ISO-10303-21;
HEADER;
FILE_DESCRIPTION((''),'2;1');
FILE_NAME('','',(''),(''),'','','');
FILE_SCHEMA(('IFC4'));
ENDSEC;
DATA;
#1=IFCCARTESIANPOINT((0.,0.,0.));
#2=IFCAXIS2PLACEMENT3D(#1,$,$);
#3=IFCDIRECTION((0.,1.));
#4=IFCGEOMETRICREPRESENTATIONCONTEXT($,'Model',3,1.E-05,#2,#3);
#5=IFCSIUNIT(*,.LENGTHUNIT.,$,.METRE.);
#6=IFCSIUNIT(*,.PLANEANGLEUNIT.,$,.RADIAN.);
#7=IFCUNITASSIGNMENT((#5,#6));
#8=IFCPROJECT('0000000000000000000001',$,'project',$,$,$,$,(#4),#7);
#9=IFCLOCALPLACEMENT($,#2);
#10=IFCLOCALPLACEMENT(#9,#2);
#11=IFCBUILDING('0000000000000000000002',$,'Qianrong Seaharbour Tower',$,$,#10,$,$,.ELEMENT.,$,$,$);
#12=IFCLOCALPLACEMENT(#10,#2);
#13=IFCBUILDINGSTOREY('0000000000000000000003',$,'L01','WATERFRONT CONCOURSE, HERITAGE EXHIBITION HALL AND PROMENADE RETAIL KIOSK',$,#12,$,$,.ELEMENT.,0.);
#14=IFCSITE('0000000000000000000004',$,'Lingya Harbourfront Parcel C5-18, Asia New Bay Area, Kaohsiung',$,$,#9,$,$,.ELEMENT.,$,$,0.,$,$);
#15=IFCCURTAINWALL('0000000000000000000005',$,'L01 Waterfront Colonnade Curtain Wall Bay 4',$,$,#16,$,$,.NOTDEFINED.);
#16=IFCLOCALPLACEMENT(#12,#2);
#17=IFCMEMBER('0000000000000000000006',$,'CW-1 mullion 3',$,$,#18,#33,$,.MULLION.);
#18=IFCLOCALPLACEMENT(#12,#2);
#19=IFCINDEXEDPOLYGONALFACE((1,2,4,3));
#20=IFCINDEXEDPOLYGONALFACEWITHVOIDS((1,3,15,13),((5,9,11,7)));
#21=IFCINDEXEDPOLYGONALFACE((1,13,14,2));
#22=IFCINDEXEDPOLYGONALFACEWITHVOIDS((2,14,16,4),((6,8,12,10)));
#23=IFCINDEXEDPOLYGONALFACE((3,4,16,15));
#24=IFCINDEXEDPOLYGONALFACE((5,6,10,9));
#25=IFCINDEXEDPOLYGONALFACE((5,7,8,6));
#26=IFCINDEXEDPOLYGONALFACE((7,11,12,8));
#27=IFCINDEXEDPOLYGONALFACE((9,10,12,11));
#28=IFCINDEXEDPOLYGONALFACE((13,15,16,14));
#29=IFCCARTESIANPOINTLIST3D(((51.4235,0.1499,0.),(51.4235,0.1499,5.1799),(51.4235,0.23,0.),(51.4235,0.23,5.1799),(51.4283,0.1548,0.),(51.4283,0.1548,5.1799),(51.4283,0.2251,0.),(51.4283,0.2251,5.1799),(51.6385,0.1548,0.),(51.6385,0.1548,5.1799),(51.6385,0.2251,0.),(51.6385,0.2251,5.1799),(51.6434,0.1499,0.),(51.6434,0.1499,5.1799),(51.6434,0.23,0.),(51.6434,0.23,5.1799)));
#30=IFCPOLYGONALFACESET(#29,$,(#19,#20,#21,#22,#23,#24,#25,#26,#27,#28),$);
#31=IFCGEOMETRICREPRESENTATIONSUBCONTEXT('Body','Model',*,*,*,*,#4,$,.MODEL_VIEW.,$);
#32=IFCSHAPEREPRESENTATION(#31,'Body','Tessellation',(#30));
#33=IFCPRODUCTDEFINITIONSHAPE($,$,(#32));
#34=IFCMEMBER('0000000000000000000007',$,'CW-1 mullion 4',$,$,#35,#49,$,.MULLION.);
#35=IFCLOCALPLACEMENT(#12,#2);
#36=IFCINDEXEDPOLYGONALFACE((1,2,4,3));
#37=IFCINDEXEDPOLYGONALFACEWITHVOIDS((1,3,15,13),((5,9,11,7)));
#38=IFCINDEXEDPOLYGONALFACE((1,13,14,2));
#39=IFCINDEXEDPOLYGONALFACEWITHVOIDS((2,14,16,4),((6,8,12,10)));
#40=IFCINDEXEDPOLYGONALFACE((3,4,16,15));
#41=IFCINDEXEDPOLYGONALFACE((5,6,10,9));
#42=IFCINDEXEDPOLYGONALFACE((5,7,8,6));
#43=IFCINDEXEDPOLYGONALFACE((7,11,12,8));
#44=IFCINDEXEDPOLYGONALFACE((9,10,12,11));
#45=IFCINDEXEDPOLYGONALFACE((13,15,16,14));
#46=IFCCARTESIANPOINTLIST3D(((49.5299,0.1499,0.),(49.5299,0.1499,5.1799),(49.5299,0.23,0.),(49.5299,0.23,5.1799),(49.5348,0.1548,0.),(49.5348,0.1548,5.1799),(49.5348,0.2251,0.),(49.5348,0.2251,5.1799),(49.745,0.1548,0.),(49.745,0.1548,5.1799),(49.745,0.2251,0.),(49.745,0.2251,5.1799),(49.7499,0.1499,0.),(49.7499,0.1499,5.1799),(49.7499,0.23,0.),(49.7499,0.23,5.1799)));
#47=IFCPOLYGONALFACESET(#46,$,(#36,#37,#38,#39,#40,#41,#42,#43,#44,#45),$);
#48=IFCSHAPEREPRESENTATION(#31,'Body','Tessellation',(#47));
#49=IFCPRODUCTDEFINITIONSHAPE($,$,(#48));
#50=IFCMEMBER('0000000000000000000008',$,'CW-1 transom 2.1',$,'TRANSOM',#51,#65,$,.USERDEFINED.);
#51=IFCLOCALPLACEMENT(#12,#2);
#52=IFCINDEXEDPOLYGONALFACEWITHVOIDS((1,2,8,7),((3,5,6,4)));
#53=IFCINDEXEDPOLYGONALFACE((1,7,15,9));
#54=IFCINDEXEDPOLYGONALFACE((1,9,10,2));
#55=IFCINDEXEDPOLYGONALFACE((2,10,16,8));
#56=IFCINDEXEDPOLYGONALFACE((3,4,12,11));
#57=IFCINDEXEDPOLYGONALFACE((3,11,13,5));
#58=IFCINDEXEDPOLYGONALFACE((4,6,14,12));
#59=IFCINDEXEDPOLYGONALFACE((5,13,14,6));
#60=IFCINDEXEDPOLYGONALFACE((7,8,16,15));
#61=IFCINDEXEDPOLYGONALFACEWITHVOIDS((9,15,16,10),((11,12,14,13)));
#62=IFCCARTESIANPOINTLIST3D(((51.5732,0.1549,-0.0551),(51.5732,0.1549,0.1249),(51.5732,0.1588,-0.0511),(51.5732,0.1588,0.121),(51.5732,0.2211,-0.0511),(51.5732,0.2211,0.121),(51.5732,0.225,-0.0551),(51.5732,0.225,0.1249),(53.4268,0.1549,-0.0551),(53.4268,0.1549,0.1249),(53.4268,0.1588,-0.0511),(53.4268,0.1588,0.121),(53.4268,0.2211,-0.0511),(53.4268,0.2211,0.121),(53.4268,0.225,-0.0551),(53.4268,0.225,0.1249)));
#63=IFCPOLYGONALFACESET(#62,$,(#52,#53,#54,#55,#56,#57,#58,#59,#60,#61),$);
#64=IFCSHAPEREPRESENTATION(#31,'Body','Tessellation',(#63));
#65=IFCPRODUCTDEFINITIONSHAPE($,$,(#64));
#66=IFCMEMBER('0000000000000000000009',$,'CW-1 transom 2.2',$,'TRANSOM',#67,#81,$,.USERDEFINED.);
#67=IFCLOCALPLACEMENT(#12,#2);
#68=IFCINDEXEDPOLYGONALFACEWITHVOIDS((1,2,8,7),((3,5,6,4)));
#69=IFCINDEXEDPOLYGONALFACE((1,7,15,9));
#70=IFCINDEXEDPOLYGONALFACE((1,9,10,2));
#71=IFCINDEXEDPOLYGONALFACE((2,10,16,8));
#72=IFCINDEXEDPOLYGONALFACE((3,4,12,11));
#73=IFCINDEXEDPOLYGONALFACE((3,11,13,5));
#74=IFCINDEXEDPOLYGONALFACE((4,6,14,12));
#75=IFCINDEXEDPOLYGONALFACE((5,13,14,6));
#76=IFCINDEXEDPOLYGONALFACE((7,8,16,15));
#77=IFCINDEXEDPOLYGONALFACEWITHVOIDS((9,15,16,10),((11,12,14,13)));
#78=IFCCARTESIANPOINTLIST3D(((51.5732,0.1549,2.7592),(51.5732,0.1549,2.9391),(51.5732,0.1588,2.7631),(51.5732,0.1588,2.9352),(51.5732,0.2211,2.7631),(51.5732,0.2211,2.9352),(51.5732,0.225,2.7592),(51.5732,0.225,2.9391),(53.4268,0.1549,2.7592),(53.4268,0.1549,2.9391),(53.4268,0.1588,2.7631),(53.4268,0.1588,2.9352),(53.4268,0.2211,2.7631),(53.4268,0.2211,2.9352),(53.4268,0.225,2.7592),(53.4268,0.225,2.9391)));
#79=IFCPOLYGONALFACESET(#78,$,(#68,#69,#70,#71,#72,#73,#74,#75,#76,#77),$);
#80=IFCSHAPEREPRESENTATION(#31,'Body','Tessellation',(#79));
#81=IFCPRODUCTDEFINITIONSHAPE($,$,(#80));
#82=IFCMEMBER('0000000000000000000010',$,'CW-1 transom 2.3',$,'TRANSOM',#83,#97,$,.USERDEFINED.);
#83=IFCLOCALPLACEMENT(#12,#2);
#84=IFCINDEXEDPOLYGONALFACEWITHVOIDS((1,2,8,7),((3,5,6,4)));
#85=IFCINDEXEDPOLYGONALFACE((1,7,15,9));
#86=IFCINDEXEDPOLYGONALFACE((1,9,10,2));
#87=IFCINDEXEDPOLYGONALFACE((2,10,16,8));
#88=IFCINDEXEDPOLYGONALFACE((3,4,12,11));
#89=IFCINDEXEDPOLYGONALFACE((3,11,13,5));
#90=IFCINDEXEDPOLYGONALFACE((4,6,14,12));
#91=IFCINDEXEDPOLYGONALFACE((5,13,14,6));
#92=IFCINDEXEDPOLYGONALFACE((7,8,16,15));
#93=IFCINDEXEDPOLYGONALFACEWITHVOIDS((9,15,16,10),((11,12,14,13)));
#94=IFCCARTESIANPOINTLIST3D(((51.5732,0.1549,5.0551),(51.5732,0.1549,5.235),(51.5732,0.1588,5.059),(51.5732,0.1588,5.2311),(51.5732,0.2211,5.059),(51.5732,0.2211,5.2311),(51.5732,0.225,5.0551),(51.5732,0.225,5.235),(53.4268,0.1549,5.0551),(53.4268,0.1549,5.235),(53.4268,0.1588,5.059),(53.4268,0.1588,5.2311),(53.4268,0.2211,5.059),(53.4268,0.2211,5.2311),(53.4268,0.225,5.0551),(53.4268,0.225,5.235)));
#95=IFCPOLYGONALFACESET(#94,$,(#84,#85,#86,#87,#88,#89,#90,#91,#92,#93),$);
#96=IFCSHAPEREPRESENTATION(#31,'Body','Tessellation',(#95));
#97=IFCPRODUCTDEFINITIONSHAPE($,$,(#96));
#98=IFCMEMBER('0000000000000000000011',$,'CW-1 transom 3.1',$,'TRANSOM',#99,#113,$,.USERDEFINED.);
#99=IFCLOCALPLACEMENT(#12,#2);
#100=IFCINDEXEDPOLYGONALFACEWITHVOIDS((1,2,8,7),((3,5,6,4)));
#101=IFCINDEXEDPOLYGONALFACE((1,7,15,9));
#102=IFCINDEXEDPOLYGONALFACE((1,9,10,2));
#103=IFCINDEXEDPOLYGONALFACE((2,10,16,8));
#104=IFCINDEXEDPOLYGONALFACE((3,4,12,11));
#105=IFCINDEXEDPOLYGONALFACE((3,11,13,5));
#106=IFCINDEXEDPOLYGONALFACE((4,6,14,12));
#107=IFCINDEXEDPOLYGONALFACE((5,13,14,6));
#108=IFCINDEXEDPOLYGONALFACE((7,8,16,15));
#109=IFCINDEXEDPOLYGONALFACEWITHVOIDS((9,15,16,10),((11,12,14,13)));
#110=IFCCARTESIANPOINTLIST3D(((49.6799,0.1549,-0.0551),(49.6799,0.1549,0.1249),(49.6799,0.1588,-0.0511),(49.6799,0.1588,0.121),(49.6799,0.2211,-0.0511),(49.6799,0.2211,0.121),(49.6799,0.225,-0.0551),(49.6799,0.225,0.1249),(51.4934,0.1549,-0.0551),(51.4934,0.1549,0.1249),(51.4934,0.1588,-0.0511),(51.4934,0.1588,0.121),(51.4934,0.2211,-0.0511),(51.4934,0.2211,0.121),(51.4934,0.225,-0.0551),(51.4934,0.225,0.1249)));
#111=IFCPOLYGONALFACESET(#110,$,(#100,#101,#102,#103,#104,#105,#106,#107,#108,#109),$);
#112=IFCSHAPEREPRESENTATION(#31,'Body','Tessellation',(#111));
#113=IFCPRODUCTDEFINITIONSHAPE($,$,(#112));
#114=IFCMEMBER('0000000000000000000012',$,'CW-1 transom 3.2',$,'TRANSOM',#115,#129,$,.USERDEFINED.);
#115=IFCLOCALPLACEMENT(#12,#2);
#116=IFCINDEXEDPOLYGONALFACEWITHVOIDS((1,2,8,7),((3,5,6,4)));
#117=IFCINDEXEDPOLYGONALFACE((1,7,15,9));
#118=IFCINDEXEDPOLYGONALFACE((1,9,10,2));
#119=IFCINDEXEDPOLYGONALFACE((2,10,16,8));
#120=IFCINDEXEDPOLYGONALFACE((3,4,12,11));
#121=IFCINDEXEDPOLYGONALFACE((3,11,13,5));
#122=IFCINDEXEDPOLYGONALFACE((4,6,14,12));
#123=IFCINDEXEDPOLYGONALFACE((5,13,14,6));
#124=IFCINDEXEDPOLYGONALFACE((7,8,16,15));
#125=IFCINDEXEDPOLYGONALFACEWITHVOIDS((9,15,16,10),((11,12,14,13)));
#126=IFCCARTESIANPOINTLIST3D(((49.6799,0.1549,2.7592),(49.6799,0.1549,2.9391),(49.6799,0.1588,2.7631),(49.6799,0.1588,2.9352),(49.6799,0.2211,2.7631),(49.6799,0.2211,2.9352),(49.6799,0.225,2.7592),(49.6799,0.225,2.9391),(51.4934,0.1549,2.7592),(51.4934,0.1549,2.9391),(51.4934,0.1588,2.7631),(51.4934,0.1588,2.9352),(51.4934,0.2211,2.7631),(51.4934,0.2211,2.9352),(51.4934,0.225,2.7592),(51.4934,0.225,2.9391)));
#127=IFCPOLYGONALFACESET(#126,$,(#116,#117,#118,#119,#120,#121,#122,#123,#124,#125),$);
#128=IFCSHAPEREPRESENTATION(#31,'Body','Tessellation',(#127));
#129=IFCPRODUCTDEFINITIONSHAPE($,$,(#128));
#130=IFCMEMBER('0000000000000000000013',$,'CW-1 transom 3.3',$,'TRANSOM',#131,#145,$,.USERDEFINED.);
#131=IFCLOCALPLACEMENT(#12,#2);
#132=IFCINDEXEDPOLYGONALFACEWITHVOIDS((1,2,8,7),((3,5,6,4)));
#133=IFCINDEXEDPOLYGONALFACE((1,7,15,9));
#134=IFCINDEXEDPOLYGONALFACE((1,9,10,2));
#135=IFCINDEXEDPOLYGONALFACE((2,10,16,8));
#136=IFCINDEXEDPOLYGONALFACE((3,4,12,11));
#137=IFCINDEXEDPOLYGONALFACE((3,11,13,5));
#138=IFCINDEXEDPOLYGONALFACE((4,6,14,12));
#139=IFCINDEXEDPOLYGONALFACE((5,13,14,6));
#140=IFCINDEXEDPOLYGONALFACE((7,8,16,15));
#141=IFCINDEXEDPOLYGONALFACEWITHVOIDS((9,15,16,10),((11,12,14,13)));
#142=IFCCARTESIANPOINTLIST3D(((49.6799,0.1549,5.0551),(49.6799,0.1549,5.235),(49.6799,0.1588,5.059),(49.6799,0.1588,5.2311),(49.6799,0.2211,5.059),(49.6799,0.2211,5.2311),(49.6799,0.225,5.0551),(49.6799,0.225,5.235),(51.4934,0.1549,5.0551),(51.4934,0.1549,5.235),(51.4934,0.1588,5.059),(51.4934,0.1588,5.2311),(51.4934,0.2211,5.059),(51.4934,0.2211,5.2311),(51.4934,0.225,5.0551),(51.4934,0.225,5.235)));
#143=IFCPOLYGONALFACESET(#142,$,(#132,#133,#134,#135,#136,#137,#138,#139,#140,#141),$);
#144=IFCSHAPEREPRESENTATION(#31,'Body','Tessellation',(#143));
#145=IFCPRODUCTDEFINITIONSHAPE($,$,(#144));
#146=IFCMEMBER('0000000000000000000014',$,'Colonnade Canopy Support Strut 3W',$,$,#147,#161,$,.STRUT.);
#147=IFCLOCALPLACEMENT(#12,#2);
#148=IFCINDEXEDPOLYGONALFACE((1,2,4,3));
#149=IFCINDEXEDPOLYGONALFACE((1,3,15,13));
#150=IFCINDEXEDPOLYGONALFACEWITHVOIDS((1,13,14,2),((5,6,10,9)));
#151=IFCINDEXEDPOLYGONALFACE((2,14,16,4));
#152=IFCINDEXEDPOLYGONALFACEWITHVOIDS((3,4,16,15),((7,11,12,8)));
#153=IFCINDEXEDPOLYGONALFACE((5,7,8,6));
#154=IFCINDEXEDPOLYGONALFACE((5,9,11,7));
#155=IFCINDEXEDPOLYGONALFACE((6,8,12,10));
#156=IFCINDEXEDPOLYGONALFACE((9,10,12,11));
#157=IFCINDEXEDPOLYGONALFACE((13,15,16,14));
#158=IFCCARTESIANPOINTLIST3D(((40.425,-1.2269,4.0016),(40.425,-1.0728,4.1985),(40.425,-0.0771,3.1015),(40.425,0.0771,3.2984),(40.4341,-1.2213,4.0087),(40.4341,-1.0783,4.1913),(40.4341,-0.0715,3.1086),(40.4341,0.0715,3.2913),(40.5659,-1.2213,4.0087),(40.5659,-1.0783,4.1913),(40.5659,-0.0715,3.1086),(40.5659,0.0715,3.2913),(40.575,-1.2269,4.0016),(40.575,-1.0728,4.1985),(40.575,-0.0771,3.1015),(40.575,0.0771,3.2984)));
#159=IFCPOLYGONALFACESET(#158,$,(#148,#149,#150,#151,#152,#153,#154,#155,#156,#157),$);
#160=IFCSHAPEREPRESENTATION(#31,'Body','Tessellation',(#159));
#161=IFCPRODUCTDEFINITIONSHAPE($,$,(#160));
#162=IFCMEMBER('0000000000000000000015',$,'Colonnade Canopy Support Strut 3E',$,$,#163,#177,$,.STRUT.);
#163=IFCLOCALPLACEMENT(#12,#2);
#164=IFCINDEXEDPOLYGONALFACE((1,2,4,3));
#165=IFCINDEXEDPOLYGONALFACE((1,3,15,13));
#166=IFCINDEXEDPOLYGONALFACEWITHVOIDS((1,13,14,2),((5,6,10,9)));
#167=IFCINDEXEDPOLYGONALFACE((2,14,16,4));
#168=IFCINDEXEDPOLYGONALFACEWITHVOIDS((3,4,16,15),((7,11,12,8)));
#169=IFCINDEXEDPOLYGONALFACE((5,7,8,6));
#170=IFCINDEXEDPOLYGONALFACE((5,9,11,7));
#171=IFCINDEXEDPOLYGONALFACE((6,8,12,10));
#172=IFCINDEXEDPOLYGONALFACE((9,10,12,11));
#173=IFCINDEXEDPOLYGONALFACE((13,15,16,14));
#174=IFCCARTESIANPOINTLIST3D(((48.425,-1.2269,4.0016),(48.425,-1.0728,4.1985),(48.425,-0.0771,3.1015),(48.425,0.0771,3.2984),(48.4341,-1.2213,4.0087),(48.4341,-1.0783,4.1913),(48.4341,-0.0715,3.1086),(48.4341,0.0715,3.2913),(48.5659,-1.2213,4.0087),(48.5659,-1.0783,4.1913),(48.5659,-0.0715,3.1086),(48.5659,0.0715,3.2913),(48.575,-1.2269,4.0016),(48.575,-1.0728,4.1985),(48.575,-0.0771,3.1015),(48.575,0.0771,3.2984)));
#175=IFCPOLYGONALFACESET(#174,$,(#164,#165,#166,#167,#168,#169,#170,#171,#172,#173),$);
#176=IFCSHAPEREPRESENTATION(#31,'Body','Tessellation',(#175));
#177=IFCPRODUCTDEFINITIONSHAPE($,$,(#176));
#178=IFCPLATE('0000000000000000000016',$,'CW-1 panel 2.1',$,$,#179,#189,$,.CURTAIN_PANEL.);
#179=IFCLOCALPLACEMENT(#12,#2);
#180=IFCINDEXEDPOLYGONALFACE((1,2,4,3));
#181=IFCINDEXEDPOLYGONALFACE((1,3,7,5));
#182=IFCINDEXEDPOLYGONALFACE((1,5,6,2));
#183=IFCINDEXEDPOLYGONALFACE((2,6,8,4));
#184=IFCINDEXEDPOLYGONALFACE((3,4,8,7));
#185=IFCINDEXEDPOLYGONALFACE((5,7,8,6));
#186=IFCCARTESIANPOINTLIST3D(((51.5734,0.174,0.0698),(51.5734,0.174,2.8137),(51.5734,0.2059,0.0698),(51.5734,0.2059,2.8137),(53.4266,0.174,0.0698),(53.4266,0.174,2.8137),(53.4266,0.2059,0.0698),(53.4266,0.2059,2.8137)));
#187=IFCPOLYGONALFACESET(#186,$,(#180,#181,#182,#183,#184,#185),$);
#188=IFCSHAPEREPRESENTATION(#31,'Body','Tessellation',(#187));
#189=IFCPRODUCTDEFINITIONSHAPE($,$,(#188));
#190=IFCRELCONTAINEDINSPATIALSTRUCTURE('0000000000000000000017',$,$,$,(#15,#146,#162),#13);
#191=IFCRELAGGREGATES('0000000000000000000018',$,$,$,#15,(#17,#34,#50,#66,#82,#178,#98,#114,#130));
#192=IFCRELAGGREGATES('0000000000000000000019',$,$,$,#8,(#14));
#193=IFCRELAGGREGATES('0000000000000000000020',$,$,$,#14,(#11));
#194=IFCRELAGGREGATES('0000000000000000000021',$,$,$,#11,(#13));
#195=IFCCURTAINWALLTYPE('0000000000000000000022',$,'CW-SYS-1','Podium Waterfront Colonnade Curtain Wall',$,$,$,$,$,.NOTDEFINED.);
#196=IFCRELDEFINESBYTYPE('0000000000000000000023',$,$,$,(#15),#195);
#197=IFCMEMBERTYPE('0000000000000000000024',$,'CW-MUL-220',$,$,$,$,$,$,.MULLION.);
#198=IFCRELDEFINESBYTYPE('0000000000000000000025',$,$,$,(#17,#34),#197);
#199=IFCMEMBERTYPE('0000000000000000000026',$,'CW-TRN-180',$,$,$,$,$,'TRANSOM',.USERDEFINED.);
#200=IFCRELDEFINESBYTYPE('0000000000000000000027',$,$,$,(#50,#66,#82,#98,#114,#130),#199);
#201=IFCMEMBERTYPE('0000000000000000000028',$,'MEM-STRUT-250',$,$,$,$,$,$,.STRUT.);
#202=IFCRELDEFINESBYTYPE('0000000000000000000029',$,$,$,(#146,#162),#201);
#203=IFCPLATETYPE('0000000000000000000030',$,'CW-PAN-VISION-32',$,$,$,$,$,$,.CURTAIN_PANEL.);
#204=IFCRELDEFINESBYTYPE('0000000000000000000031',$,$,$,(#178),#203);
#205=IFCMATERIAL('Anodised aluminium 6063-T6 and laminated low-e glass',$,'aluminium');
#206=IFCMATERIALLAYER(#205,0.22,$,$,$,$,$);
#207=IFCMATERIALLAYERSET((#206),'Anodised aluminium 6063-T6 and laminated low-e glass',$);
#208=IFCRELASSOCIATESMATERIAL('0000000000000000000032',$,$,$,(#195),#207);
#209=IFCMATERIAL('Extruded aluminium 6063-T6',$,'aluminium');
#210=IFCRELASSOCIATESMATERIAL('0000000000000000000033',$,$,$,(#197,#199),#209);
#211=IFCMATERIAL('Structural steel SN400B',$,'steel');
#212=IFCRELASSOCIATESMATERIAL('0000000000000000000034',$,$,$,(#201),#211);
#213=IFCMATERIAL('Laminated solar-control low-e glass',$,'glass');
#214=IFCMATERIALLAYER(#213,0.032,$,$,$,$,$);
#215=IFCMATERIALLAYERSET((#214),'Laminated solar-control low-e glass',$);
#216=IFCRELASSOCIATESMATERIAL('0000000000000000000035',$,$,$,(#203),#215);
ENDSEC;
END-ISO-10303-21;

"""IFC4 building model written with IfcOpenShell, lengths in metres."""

from ifc_helpers import new_model, si_unit, direction, frame, origin, origin_2d, place, context, subcontext, project, spatial, rectangle, hollow_rectangle, extrude, material, layer, layer_set, material_profile, profile_set, type_object, element, aggregate, save


model = new_model("IFC4")

# Units and contexts
model_context = context("Model", 3, precision=1e-05, world=origin(), true_north=direction((0.0, 1.0)))
body_context = subcontext(model_context, "Body", "Model", "MODEL_VIEW")
ifc_project = project(units=[si_unit("LENGTHUNIT", "METRE"), si_unit("PLANEANGLEUNIT", "RADIAN")], contexts=[model_context])

# Site, building, storey
site_placement = place(None, origin())
site = spatial("IfcSite", under=ifc_project, at=site_placement, Name="Lingya Harbourfront Parcel C5-18, Asia New Bay Area, Kaohsiung", CompositionType="ELEMENT", RefElevation=0.0)
building_placement = place(site_placement, origin())
building = spatial("IfcBuilding", under=site, at=building_placement, Name="Qianrong Seaharbour Tower", CompositionType="ELEMENT")
storey_placement = place(building_placement, origin())
storey = spatial("IfcBuildingStorey", under=building, at=storey_placement, Name="L01", Description="WATERFRONT CONCOURSE, HERITAGE EXHIBITION HALL AND PROMENADE RETAIL KIOSK", CompositionType="ELEMENT", Elevation=0.0)

# Shared definitions
ifc_material_1 = material(Name="Structural steel SN400B", Category="steel")

# Curtain wall, members
ifc_material_2 = material(Name="Anodised aluminium 6063-T6 and laminated low-e glass", Category="aluminium")
ifc_layer_1 = layer(ifc_material_2, 0.22)
ifc_layer_set_1 = layer_set([ifc_layer_1], Name="Anodised aluminium 6063-T6 and laminated low-e glass")
curtain_wall_type = type_object("IfcCurtainWallType", Name="CW-SYS-1", Description="Podium Waterfront Colonnade Curtain Wall", PredefinedType="NOTDEFINED", material=ifc_layer_set_1)
curtain_wall_placement = place(storey_placement, origin())
curtain_wall = element("IfcCurtainWall", 1, at=curtain_wall_placement, inside=storey, type_object=curtain_wall_type, Name="L01 Waterfront Colonnade Curtain Wall Bay 4", PredefinedType="NOTDEFINED")
ifc_material_3 = material(Name="Extruded aluminium 6063-T6", Category="aluminium")
ifc_material_profile_1 = material_profile(ifc_material_3, hollow_rectangle(XDim=0.0801, YDim=0.22, WallThickness=0.0049, at=origin_2d()), Name="ALU-MUL-220x80x5")
ifc_profile_set_1 = profile_set([ifc_material_profile_1], Name="Extruded aluminium 6063-T6")
member_type_1 = type_object("IfcMemberType", Name="CW-MUL-220", PredefinedType="MULLION", material=ifc_profile_set_1)
member_1_placement = place(storey_placement, frame((51.5334, 0.1899, 0.0), z_axis=(0.0, 0.0, 1.0), x_axis=(0.0, -1.0, 0.0)))
member_1 = element("IfcMember", 2, at=member_1_placement, type_object=member_type_1, Name="CW-1 mullion 3", PredefinedType="MULLION", context=body_context, shape_type="SweptSolid", body=[
    extrude(hollow_rectangle(XDim=0.0801, YDim=0.22, WallThickness=0.0049, at=origin_2d()), origin(), (0.0, 0.0, 1.0), 5.1799),
])
member_2_placement = place(storey_placement, frame((49.6399, 0.1899, 0.0), z_axis=(0.0, 0.0, 1.0), x_axis=(0.0, -1.0, 0.0)))
member_2 = element("IfcMember", 3, at=member_2_placement, type_object=member_type_1, Name="CW-1 mullion 4", PredefinedType="MULLION", context=body_context, shape_type="SweptSolid", body=[
    extrude(hollow_rectangle(XDim=0.0801, YDim=0.22, WallThickness=0.0049, at=origin_2d()), origin(), (0.0, 0.0, 1.0), 5.1799),
])
ifc_material_profile_2 = material_profile(ifc_material_3, hollow_rectangle(XDim=0.0701, YDim=0.1799, WallThickness=0.0039, at=origin_2d()), Name="ALU-TRN-180x70x4")
ifc_profile_set_2 = profile_set([ifc_material_profile_2], Name="Extruded aluminium 6063-T6")
member_type_2 = type_object("IfcMemberType", Name="CW-TRN-180", ElementType="TRANSOM", PredefinedType="USERDEFINED", material=ifc_profile_set_2)
member_3_placement = place(storey_placement, frame((53.4268, 0.1899, 0.0349), z_axis=(-1.0, 0.0, 0.0), x_axis=(0.0, -1.0, 0.0)))
member_3 = element("IfcMember", 4, at=member_3_placement, type_object=member_type_2, Name="CW-1 transom 2.1", ObjectType="TRANSOM", PredefinedType="USERDEFINED", context=body_context, shape_type="SweptSolid", body=[
    extrude(hollow_rectangle(XDim=0.0701, YDim=0.1799, WallThickness=0.0039, at=origin_2d()), origin(), (0.0, 0.0, 1.0), 1.8535),
])
member_4_placement = place(storey_placement, frame((53.4268, 0.1899, 2.8491), z_axis=(-1.0, 0.0, 0.0), x_axis=(0.0, -1.0, 0.0)))
member_4 = element("IfcMember", 5, at=member_4_placement, type_object=member_type_2, Name="CW-1 transom 2.2", ObjectType="TRANSOM", PredefinedType="USERDEFINED", context=body_context, shape_type="SweptSolid", body=[
    extrude(hollow_rectangle(XDim=0.0701, YDim=0.1799, WallThickness=0.0039, at=origin_2d()), origin(), (0.0, 0.0, 1.0), 1.8535),
])
member_5_placement = place(storey_placement, frame((53.4268, 0.1899, 5.145), z_axis=(-1.0, 0.0, 0.0), x_axis=(0.0, -1.0, 0.0)))
member_5 = element("IfcMember", 6, at=member_5_placement, type_object=member_type_2, Name="CW-1 transom 2.3", ObjectType="TRANSOM", PredefinedType="USERDEFINED", context=body_context, shape_type="SweptSolid", body=[
    extrude(hollow_rectangle(XDim=0.0701, YDim=0.1799, WallThickness=0.0039, at=origin_2d()), origin(), (0.0, 0.0, 1.0), 1.8535),
])
member_6_placement = place(storey_placement, frame((51.4934, 0.1899, 0.0349), z_axis=(-1.0, 0.0, 0.0), x_axis=(0.0, -1.0, 0.0)))
member_6 = element("IfcMember", 7, at=member_6_placement, type_object=member_type_2, Name="CW-1 transom 3.1", ObjectType="TRANSOM", PredefinedType="USERDEFINED", context=body_context, shape_type="SweptSolid", body=[
    extrude(hollow_rectangle(XDim=0.0701, YDim=0.1799, WallThickness=0.0039, at=origin_2d()), origin(), (0.0, 0.0, 1.0), 1.8135),
])
member_7_placement = place(storey_placement, frame((51.4934, 0.1899, 2.8491), z_axis=(-1.0, 0.0, 0.0), x_axis=(0.0, -1.0, 0.0)))
member_7 = element("IfcMember", 8, at=member_7_placement, type_object=member_type_2, Name="CW-1 transom 3.2", ObjectType="TRANSOM", PredefinedType="USERDEFINED", context=body_context, shape_type="SweptSolid", body=[
    extrude(hollow_rectangle(XDim=0.0701, YDim=0.1799, WallThickness=0.0039, at=origin_2d()), origin(), (0.0, 0.0, 1.0), 1.8135),
])
member_8_placement = place(storey_placement, frame((51.4934, 0.1899, 5.145), z_axis=(-1.0, 0.0, 0.0), x_axis=(0.0, -1.0, 0.0)))
member_8 = element("IfcMember", 9, at=member_8_placement, type_object=member_type_2, Name="CW-1 transom 3.3", ObjectType="TRANSOM", PredefinedType="USERDEFINED", context=body_context, shape_type="SweptSolid", body=[
    extrude(hollow_rectangle(XDim=0.0701, YDim=0.1799, WallThickness=0.0039, at=origin_2d()), origin(), (0.0, 0.0, 1.0), 1.8135),
])

# Members
ifc_material_profile_3 = material_profile(ifc_material_1, hollow_rectangle(XDim=0.1499, YDim=0.25, WallThickness=0.009, at=origin_2d()), Name="RHS250x150x9")
ifc_profile_set_3 = profile_set([ifc_material_profile_3], Name="Structural steel SN400B")
member_type_3 = type_object("IfcMemberType", Name="MEM-STRUT-250", PredefinedType="STRUT", material=ifc_profile_set_3)
for number, where, z_axis, x_axis, name in (
    (10, (40.5, 0.0, 3.2), (0.0, -0.787431, 0.616403), (1.0, 0.0, 0.0), "Colonnade Canopy Support Strut 3W"),
    (11, (48.5, 0.0, 3.2), (0.0, -0.787431, 0.616403), (1.0, 0.0, 0.0), "Colonnade Canopy Support Strut 3E"),
):
    element("IfcMember", number, at=place(storey_placement, frame(where, z_axis=z_axis, x_axis=x_axis)), inside=storey, type_object=member_type_3, Name=name, PredefinedType="STRUT", context=body_context, shape_type="SweptSolid", body=[
        extrude(hollow_rectangle(XDim=0.1499, YDim=0.25, WallThickness=0.009, at=origin_2d()), origin(), (0.0, 0.0, 1.0), 1.4602),
    ])

# Plate
ifc_material_4 = material(Name="Laminated solar-control low-e glass", Category="glass")
ifc_layer_2 = layer(ifc_material_4, 0.032)
ifc_layer_set_2 = layer_set([ifc_layer_2], Name="Laminated solar-control low-e glass")
plate_type_1 = type_object("IfcPlateType", Name="CW-PAN-VISION-32", PredefinedType="CURTAIN_PANEL", material=ifc_layer_set_2)
plate_1_placement = place(storey_placement, frame((52.5, 0.1899, 0.0698), z_axis=(0.0, 0.0, 1.0), x_axis=(-1.0, 0.0, 0.0)))
plate_1 = element("IfcPlate", 12, at=plate_1_placement, type_object=plate_type_1, Name="CW-1 panel 2.1", PredefinedType="CURTAIN_PANEL", context=body_context, shape_type="SweptSolid", body=[
    extrude(rectangle(XDim=1.8533, YDim=0.032, at=origin_2d()), origin(), (0.0, 0.0, 1.0), 2.7439),
])
aggregate(curtain_wall, [member_1, member_2, member_3, member_4, member_5, plate_1, member_6, member_7, member_8])

save(model, "model.ifc")
